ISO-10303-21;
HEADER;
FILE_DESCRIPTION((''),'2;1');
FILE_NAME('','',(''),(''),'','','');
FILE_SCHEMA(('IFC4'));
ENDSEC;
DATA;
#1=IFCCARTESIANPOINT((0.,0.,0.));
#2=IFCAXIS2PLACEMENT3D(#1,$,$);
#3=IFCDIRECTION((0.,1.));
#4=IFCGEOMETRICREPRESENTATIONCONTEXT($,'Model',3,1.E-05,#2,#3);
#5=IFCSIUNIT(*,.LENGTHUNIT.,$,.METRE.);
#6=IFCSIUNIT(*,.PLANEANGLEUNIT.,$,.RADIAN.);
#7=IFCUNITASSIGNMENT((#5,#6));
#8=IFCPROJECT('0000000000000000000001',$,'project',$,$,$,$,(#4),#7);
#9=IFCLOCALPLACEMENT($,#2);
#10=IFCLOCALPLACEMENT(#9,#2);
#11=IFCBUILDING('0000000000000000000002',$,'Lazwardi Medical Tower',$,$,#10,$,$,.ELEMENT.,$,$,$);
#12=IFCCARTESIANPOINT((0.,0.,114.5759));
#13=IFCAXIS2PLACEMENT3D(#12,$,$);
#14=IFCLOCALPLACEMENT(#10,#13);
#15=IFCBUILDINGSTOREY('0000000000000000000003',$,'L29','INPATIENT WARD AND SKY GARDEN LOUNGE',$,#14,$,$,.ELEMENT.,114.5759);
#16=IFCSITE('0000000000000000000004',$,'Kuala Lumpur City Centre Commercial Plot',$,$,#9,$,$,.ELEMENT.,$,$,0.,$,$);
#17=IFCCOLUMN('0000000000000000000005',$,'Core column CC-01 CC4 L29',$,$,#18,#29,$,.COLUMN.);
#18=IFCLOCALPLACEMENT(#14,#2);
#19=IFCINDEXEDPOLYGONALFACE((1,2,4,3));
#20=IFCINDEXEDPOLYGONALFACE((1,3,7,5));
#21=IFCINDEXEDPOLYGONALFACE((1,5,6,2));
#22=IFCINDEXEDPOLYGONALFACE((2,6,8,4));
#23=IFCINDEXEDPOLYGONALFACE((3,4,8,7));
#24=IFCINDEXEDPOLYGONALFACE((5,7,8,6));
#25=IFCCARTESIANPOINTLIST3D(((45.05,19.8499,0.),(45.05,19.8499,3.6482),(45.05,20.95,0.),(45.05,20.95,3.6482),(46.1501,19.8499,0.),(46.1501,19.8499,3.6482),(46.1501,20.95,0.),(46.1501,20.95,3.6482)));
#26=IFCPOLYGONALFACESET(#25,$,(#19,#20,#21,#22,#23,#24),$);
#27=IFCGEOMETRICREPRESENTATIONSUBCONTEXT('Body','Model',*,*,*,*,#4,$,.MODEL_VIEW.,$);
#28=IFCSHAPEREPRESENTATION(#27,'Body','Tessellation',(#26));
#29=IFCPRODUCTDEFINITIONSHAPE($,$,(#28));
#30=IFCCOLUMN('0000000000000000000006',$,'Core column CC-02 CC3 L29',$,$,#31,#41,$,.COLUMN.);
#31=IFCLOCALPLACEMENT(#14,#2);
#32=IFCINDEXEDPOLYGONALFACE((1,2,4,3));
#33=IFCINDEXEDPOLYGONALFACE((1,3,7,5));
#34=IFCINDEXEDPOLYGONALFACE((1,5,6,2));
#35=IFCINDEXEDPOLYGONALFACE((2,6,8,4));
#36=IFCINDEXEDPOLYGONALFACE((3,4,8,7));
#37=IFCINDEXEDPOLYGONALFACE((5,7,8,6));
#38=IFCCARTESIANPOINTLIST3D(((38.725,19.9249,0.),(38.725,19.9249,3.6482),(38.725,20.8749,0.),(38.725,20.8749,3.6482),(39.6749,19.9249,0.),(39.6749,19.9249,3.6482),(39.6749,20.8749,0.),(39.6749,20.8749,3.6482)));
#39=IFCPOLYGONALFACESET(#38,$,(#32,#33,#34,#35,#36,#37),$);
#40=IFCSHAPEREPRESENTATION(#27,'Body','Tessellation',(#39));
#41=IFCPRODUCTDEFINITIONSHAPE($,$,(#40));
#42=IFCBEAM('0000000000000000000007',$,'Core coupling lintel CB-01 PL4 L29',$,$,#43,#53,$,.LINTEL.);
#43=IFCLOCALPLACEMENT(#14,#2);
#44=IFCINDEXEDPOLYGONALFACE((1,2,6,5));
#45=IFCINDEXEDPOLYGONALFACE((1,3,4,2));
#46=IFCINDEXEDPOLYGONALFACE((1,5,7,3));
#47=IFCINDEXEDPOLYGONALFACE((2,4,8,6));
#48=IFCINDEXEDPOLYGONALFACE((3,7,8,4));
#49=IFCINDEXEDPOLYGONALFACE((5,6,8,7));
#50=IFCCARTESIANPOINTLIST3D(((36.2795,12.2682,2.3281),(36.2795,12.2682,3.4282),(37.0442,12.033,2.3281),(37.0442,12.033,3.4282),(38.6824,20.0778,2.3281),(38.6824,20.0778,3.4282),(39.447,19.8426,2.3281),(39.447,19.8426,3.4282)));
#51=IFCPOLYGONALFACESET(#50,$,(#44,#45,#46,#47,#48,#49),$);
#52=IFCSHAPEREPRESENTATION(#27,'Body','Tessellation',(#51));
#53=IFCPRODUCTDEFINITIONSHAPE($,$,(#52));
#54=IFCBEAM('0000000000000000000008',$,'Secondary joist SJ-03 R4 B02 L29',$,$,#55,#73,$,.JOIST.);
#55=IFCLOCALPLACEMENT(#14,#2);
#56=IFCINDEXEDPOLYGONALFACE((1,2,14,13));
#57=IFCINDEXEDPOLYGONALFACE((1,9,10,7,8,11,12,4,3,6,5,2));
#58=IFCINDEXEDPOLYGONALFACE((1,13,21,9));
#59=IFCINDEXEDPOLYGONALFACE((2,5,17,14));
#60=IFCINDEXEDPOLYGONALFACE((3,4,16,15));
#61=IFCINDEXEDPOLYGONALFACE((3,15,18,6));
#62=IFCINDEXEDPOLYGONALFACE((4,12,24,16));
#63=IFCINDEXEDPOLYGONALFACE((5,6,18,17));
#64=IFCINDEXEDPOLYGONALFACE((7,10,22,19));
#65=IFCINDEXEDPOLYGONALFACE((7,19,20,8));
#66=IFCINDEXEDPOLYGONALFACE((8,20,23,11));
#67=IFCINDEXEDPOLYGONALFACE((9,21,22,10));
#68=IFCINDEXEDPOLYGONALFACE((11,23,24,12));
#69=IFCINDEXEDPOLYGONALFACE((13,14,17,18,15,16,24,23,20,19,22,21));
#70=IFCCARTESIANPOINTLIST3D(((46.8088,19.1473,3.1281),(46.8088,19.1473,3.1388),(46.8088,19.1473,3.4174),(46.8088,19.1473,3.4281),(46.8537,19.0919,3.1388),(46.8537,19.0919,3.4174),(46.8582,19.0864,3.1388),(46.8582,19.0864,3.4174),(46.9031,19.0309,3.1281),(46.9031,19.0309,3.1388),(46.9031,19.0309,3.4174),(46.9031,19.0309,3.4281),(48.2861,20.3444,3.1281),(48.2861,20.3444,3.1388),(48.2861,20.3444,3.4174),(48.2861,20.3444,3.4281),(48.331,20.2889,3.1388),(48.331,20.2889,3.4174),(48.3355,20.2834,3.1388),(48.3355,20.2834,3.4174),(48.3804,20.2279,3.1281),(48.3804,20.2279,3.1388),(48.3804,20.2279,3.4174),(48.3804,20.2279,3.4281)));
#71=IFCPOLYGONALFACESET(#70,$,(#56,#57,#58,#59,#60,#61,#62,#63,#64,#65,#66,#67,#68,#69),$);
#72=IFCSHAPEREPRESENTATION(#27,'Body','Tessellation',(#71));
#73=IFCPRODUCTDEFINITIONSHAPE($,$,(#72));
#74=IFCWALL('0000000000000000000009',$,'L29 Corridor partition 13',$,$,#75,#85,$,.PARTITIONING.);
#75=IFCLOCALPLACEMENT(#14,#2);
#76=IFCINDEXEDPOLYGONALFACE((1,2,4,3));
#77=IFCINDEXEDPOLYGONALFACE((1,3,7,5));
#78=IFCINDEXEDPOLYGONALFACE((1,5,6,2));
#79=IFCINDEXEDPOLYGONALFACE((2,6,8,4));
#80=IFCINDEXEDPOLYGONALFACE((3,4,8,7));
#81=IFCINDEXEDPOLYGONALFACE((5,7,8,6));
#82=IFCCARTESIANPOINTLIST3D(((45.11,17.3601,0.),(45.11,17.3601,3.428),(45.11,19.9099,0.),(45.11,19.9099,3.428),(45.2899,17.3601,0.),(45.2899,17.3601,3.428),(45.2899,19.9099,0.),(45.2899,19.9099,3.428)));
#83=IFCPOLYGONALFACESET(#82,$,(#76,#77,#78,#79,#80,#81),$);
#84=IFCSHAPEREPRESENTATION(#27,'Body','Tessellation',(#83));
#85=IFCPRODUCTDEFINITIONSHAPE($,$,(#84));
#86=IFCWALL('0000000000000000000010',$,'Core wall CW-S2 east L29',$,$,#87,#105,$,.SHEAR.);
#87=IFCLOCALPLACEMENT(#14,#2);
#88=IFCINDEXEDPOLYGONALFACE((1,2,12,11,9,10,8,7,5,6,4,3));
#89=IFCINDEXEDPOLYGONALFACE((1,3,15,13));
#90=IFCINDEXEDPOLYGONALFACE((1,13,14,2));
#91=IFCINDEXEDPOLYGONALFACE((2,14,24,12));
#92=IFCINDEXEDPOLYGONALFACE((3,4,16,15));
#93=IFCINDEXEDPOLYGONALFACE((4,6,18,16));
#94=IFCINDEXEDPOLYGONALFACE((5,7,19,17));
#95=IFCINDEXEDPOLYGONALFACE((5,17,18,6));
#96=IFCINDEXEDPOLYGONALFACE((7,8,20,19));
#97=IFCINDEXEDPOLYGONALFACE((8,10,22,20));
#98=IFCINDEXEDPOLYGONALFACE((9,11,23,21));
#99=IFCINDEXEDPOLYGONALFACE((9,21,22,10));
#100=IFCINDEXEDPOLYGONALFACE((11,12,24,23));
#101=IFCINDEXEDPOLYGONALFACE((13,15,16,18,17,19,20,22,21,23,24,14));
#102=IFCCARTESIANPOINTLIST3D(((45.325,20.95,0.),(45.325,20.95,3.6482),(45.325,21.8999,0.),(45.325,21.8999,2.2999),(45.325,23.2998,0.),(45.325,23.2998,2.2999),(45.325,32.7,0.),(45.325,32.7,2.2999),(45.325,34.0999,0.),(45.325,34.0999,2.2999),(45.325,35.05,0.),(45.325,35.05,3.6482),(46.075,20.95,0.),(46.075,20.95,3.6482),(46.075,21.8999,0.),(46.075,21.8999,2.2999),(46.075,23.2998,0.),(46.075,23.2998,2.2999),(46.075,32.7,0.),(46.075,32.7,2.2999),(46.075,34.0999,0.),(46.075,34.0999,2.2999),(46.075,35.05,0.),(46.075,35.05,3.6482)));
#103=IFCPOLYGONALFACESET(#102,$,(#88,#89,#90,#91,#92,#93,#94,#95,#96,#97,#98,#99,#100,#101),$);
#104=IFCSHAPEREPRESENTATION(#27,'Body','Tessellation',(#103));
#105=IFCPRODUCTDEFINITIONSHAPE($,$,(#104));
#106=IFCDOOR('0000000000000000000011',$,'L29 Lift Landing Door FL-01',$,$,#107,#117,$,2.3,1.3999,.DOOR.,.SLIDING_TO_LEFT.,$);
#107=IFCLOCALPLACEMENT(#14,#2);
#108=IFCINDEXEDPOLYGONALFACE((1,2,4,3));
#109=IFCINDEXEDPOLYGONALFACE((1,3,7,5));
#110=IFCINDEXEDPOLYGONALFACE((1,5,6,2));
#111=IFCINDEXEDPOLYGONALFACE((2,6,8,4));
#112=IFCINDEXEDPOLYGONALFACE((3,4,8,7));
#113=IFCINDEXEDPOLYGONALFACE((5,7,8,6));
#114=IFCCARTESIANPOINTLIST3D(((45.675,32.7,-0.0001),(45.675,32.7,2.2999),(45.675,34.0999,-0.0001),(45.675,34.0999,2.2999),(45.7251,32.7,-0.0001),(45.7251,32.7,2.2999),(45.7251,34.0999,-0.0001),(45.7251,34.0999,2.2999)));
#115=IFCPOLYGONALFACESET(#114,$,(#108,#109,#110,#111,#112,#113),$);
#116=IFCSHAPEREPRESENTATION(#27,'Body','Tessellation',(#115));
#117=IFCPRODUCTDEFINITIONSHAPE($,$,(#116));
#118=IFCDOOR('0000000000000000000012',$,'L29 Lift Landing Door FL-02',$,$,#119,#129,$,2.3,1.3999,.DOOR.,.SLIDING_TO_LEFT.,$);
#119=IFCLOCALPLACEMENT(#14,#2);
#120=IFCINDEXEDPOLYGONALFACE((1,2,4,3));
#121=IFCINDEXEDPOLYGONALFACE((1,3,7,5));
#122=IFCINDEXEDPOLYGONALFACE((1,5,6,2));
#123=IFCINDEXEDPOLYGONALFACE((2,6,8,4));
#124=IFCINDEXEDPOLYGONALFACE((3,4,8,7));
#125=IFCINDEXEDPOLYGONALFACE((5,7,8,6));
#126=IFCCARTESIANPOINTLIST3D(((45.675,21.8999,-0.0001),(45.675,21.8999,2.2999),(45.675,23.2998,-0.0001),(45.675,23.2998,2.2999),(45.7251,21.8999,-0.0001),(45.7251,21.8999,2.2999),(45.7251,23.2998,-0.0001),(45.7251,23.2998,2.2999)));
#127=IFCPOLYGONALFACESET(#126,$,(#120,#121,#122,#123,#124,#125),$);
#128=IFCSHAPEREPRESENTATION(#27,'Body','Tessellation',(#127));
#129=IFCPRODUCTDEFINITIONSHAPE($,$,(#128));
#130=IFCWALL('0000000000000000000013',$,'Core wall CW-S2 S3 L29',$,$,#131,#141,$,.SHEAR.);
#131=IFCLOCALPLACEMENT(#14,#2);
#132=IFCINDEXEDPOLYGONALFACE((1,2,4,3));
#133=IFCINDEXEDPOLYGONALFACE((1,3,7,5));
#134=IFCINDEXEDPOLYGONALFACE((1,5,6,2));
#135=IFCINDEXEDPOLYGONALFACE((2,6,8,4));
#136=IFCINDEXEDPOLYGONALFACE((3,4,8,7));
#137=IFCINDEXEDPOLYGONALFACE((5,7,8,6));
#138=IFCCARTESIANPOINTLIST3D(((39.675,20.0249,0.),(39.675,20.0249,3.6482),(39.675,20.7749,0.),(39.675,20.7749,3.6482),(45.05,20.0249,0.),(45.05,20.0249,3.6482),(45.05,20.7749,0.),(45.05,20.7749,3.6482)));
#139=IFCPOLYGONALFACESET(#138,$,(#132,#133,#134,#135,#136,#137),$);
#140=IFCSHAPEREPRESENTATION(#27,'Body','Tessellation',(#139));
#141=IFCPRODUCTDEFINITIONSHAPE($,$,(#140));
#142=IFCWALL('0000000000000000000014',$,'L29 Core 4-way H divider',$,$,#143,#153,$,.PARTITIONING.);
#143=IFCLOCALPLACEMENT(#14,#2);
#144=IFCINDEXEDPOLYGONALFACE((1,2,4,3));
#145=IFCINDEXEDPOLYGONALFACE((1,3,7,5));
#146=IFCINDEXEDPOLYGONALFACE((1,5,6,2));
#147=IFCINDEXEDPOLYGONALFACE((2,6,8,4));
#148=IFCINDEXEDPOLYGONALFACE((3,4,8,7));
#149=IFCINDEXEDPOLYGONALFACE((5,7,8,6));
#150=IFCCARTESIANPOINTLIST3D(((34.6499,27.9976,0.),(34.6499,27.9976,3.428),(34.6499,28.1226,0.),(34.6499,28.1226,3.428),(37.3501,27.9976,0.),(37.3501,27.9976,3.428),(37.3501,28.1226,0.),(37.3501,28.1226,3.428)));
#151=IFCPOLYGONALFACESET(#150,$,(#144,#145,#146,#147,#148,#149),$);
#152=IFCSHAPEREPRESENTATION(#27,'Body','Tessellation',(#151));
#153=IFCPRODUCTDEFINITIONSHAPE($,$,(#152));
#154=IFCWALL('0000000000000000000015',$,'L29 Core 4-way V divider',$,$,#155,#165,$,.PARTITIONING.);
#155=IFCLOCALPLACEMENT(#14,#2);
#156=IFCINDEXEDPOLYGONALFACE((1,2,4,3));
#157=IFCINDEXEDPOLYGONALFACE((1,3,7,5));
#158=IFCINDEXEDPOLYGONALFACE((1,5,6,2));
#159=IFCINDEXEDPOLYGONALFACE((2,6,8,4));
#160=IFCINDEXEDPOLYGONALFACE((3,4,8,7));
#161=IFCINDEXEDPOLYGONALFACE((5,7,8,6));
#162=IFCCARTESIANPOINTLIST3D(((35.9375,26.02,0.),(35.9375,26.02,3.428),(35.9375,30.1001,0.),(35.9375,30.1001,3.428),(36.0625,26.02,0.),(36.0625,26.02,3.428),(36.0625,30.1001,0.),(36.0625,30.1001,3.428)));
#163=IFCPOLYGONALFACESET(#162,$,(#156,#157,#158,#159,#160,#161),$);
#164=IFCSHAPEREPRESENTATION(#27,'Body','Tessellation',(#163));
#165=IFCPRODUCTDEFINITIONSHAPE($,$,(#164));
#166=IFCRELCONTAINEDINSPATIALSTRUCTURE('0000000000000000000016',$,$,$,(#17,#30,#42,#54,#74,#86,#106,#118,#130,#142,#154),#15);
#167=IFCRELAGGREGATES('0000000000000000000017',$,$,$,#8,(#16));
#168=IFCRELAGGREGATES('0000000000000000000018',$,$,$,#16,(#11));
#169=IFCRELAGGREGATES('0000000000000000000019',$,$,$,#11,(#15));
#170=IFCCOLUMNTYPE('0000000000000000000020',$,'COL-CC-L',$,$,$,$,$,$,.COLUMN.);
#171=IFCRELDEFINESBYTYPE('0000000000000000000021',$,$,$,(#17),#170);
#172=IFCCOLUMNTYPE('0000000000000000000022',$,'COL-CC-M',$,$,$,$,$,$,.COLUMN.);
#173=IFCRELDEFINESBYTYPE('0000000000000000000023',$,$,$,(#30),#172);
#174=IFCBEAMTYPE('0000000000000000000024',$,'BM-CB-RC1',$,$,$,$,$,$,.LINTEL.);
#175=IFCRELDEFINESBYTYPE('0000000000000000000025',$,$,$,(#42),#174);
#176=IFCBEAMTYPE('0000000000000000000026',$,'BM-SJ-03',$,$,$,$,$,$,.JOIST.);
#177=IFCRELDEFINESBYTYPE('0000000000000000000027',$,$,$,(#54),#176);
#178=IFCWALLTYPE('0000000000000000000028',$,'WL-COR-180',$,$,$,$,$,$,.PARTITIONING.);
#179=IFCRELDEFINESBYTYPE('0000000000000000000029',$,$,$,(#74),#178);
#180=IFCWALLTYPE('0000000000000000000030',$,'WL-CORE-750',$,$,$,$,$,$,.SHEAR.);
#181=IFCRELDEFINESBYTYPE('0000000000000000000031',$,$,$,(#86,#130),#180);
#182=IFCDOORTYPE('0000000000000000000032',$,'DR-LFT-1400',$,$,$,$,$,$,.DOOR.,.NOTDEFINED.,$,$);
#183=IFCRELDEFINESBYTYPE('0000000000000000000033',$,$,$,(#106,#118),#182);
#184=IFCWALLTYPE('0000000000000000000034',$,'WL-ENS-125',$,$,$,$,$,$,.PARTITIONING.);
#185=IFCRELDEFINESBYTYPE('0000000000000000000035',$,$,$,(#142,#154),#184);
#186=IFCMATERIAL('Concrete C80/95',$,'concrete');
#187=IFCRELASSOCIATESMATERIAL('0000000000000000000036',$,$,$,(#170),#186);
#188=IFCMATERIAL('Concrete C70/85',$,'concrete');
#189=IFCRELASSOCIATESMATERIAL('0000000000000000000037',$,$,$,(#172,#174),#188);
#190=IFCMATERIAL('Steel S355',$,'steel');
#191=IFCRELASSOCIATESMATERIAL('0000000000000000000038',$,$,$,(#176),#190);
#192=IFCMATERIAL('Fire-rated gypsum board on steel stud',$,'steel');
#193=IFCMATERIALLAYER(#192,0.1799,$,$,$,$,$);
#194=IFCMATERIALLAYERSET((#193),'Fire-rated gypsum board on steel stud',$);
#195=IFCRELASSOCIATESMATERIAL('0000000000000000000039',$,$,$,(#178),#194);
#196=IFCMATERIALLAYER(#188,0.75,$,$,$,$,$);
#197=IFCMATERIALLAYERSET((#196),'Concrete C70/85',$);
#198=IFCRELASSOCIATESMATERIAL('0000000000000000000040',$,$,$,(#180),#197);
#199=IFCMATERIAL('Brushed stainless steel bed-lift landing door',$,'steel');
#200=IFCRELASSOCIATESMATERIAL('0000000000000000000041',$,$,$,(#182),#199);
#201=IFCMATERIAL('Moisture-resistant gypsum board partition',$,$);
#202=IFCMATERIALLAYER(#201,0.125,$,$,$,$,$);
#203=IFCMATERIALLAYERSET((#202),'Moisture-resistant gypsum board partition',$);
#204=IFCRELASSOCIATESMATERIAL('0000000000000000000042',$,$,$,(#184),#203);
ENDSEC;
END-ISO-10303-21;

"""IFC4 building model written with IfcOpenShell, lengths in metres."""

from ifc_helpers import new_model, si_unit, direction, frame, frame_2d, origin, origin_2d, place, context, subcontext, project, spatial, rectangle, i_section, extrude, material, layer, layer_set, material_profile, profile_set, type_object, element, fill, save


model = new_model("IFC4")

# Units and contexts
model_context = context("Model", 3, precision=1e-05, world=origin(), true_north=direction((0.0, 1.0)))
body_context = subcontext(model_context, "Body", "Model", "MODEL_VIEW")
ifc_project = project(units=[si_unit("LENGTHUNIT", "METRE"), si_unit("PLANEANGLEUNIT", "RADIAN")], contexts=[model_context])

# Site, building, storey
site_placement = place(None, origin())
site = spatial("IfcSite", under=ifc_project, at=site_placement, Name="Kuala Lumpur City Centre Commercial Plot", CompositionType="ELEMENT", RefElevation=0.0)
building_placement = place(site_placement, origin())
building = spatial("IfcBuilding", under=site, at=building_placement, Name="Lazwardi Medical Tower", CompositionType="ELEMENT")
storey_placement = place(building_placement, frame((0.0, 0.0, 114.5759)))
storey = spatial("IfcBuildingStorey", under=building, at=storey_placement, Name="L29", Description="INPATIENT WARD AND SKY GARDEN LOUNGE", CompositionType="ELEMENT", Elevation=114.5759)

# Columns
ifc_material_1 = material(Name="Concrete C80/95", Category="concrete")
ifc_material_profile_1 = material_profile(ifc_material_1, rectangle(XDim=1.1001, YDim=1.1001, at=origin_2d()), Name="RC 1100x1100")
ifc_profile_set_1 = profile_set([ifc_material_profile_1], Name="Concrete C80/95")
column_type_1 = type_object("IfcColumnType", Name="COL-CC-L", PredefinedType="COLUMN", material=ifc_profile_set_1)
column_1_placement = place(storey_placement, frame((45.6001, 20.3999, 0.0), z_axis=(0.0, 0.0, 1.0), x_axis=(1.0, 0.0, 0.0)))
element("IfcColumn", 1, at=column_1_placement, inside=storey, type_object=column_type_1, Name="Core column CC-01 CC4 L29", PredefinedType="COLUMN", context=body_context, shape_type="SweptSolid", body=[
    extrude(rectangle(XDim=1.1001, YDim=1.1001, at=origin_2d()), origin(), (0.0, 0.0, 1.0), 3.6482),
])
ifc_material_2 = material(Name="Concrete C70/85", Category="concrete")
ifc_material_profile_2 = material_profile(ifc_material_2, rectangle(XDim=0.95, YDim=0.95, at=origin_2d()), Name="RC 950x950")
ifc_profile_set_2 = profile_set([ifc_material_profile_2], Name="Concrete C70/85")
column_type_2 = type_object("IfcColumnType", Name="COL-CC-M", PredefinedType="COLUMN", material=ifc_profile_set_2)
column_2_placement = place(storey_placement, frame((39.2, 20.3999, 0.0), z_axis=(0.0, 0.0, 1.0), x_axis=(1.0, 0.0, 0.0)))
element("IfcColumn", 2, at=column_2_placement, inside=storey, type_object=column_type_2, Name="Core column CC-02 CC3 L29", PredefinedType="COLUMN", context=body_context, shape_type="SweptSolid", body=[
    extrude(rectangle(XDim=0.95, YDim=0.95, at=origin_2d()), origin(), (0.0, 0.0, 1.0), 3.6482),
])

# Beams
ifc_material_profile_3 = material_profile(ifc_material_2, rectangle(XDim=0.8, YDim=1.1001, at=origin_2d()), Name="RC 800x1100")
ifc_profile_set_3 = profile_set([ifc_material_profile_3], Name="Concrete C70/85")
beam_type_1 = type_object("IfcBeamType", Name="BM-CB-RC1", PredefinedType="LINTEL", material=ifc_profile_set_3)
beam_1_placement = place(storey_placement, frame((39.0647, 19.9602, 2.8782), z_axis=(-0.294073, -0.955783, 0.0), x_axis=(0.955783, -0.294073, 0.0)))
element("IfcBeam", 3, at=beam_1_placement, inside=storey, type_object=beam_type_1, Name="Core coupling lintel CB-01 PL4 L29", PredefinedType="LINTEL", context=body_context, shape_type="SweptSolid", body=[
    extrude(rectangle(XDim=0.8, YDim=1.1001, at=origin_2d()), origin(), (0.0, 0.0, 1.0), 8.1709),
])
ifc_material_3 = material(Name="Steel S355", Category="steel")
ifc_material_profile_4 = material_profile(ifc_material_3, i_section(OverallWidth=0.1499, OverallDepth=0.3, WebThickness=0.0071, FlangeThickness=0.0107, at=origin_2d()), Name="IPE 300")
ifc_profile_set_4 = profile_set([ifc_material_profile_4], Name="Steel S355")
beam_type_2 = type_object("IfcBeamType", Name="BM-SJ-03", PredefinedType="JOIST", material=ifc_profile_set_4)
beam_2_placement = place(storey_placement, frame((46.856, 19.0891, 3.2781), z_axis=(0.776958, 0.629553, 0.0), x_axis=(-0.629553, 0.776958, 0.0)))
element("IfcBeam", 4, at=beam_2_placement, inside=storey, type_object=beam_type_2, Name="Secondary joist SJ-03 R4 B02 L29", PredefinedType="JOIST", context=body_context, shape_type="SweptSolid", body=[
    extrude(i_section(OverallWidth=0.1499, OverallDepth=0.3, WebThickness=0.0071, FlangeThickness=0.0107, at=origin_2d()), origin(), (0.0, 0.0, 1.0), 1.9014),
])

# Wall
ifc_material_4 = material(Name="Fire-rated gypsum board on steel stud", Category="steel")
ifc_layer_1 = layer(ifc_material_4, 0.1799)
ifc_layer_set_1 = layer_set([ifc_layer_1], Name="Fire-rated gypsum board on steel stud")
wall_type_1 = type_object("IfcWallType", Name="WL-COR-180", PredefinedType="PARTITIONING", material=ifc_layer_set_1)
wall_1_placement = place(storey_placement, frame((45.2, 19.9099, 0.0), z_axis=(0.0, 0.0, 1.0), x_axis=(0.0, -1.0, 0.0)))
element("IfcWall", 5, at=wall_1_placement, inside=storey, type_object=wall_type_1, Name="L29 Corridor partition 13", PredefinedType="PARTITIONING", context=body_context, shape_type="SweptSolid", body=[
    extrude(rectangle(XDim=2.5498, YDim=0.1799, at=frame_2d((1.2749, 0.0))), origin(), (0.0, 0.0, 1.0), 3.428),
])

# Wall, openings, doors
ifc_layer_2 = layer(ifc_material_2, 0.75)
ifc_layer_set_2 = layer_set([ifc_layer_2], Name="Concrete C70/85")
wall_type_2 = type_object("IfcWallType", Name="WL-CORE-750", PredefinedType="SHEAR", material=ifc_layer_set_2)
wall_2_placement = place(storey_placement, frame((45.7, 20.95, 0.0), z_axis=(0.0, 0.0, 1.0), x_axis=(0.0, 1.0, 0.0)))
wall_2 = element("IfcWall", 6, at=wall_2_placement, inside=storey, type_object=wall_type_2, Name="Core wall CW-S2 east L29", PredefinedType="SHEAR", context=body_context, shape_type="SweptSolid", body=[
    extrude(rectangle(XDim=14.1001, YDim=0.75, at=frame_2d((7.05, 0.0))), origin(), (0.0, 0.0, 1.0), 3.6482),
])
opening_1_placement = place(wall_2_placement, frame((11.75, 0.0, 0.0)))
opening_1 = element("IfcOpeningElement", 7, at=opening_1_placement, cuts=wall_2, PredefinedType="OPENING", context=body_context, shape_type="SweptSolid", body=[
    extrude(rectangle(XDim=1.3999, YDim=2.3, at=frame_2d((0.7, 1.1499))), frame((0.0, 0.385, 0.0), z_axis=(0.0, -1.0, 0.0), x_axis=(1.0, 0.0, 0.0)), (0.0, 0.0, 1.0), 0.77),
])
opening_2_placement = place(wall_2_placement, frame((0.95, 0.0, 0.0)))
opening_2 = element("IfcOpeningElement", 8, at=opening_2_placement, cuts=wall_2, PredefinedType="OPENING", context=body_context, shape_type="SweptSolid", body=[
    extrude(rectangle(XDim=1.3999, YDim=2.3, at=frame_2d((0.7, 1.1499))), frame((0.0, 0.385, 0.0), z_axis=(0.0, -1.0, 0.0), x_axis=(1.0, 0.0, 0.0)), (0.0, 0.0, 1.0), 0.77),
])
ifc_material_5 = material(Name="Brushed stainless steel bed-lift landing door", Category="steel")
door_type_1 = type_object("IfcDoorType", Name="DR-LFT-1400", OperationType="NOTDEFINED", PredefinedType="DOOR", material=ifc_material_5)
door_1_placement = place(opening_1_placement, origin())
door_1 = element("IfcDoor", 9, at=door_1_placement, inside=storey, type_object=door_type_1, Name="L29 Lift Landing Door FL-01", OperationType="SLIDING_TO_LEFT", OverallHeight=2.3, OverallWidth=1.3999, PredefinedType="DOOR", context=body_context, shape_type="SweptSolid", body=[
    extrude(rectangle(XDim=1.3999, YDim=2.3, at=frame_2d((0.7, 1.1499))), frame((0.0, 0.0249, 0.0), z_axis=(0.0, -1.0, 0.0), x_axis=(1.0, 0.0, 0.0)), (0.0, 0.0, 1.0), 0.05),
])
fill(opening_1, door_1)
door_2_placement = place(opening_2_placement, origin())
door_2 = element("IfcDoor", 10, at=door_2_placement, inside=storey, type_object=door_type_1, Name="L29 Lift Landing Door FL-02", OperationType="SLIDING_TO_LEFT", OverallHeight=2.3, OverallWidth=1.3999, PredefinedType="DOOR", context=body_context, shape_type="SweptSolid", body=[
    extrude(rectangle(XDim=1.3999, YDim=2.3, at=frame_2d((0.7, 1.1499))), frame((0.0, 0.0249, 0.0), z_axis=(0.0, -1.0, 0.0), x_axis=(1.0, 0.0, 0.0)), (0.0, 0.0, 1.0), 0.05),
])
fill(opening_2, door_2)

# Walls
wall_3_placement = place(storey_placement, frame((39.675, 20.3999, 0.0), z_axis=(0.0, 0.0, 1.0), x_axis=(1.0, 0.0, 0.0)))
element("IfcWall", 11, at=wall_3_placement, inside=storey, type_object=wall_type_2, Name="Core wall CW-S2 S3 L29", PredefinedType="SHEAR", context=body_context, shape_type="SweptSolid", body=[
    extrude(rectangle(XDim=5.375, YDim=0.75, at=frame_2d((2.6875, 0.0))), origin(), (0.0, 0.0, 1.0), 3.6482),
])
ifc_material_6 = material(Name="Moisture-resistant gypsum board partition")
ifc_layer_3 = layer(ifc_material_6, 0.125)
ifc_layer_set_3 = layer_set([ifc_layer_3], Name="Moisture-resistant gypsum board partition")
wall_type_3 = type_object("IfcWallType", Name="WL-ENS-125", PredefinedType="PARTITIONING", material=ifc_layer_set_3)
wall_4_placement = place(storey_placement, frame((34.6499, 28.0601, 0.0), z_axis=(0.0, 0.0, 1.0), x_axis=(1.0, 0.0, 0.0)))
element("IfcWall", 12, at=wall_4_placement, inside=storey, type_object=wall_type_3, Name="L29 Core 4-way H divider", PredefinedType="PARTITIONING", context=body_context, shape_type="SweptSolid", body=[
    extrude(rectangle(XDim=2.7002, YDim=0.125, at=frame_2d((1.3501, 0.0))), origin(), (0.0, 0.0, 1.0), 3.428),
])
wall_5_placement = place(storey_placement, frame((36.0, 26.02, 0.0), z_axis=(0.0, 0.0, 1.0), x_axis=(0.0, 1.0, 0.0)))
element("IfcWall", 13, at=wall_5_placement, inside=storey, type_object=wall_type_3, Name="L29 Core 4-way V divider", PredefinedType="PARTITIONING", context=body_context, shape_type="SweptSolid", body=[
    extrude(rectangle(XDim=4.0801, YDim=0.125, at=frame_2d((2.04, 0.0))), origin(), (0.0, 0.0, 1.0), 3.428),
])

save(model, "model.ifc")
